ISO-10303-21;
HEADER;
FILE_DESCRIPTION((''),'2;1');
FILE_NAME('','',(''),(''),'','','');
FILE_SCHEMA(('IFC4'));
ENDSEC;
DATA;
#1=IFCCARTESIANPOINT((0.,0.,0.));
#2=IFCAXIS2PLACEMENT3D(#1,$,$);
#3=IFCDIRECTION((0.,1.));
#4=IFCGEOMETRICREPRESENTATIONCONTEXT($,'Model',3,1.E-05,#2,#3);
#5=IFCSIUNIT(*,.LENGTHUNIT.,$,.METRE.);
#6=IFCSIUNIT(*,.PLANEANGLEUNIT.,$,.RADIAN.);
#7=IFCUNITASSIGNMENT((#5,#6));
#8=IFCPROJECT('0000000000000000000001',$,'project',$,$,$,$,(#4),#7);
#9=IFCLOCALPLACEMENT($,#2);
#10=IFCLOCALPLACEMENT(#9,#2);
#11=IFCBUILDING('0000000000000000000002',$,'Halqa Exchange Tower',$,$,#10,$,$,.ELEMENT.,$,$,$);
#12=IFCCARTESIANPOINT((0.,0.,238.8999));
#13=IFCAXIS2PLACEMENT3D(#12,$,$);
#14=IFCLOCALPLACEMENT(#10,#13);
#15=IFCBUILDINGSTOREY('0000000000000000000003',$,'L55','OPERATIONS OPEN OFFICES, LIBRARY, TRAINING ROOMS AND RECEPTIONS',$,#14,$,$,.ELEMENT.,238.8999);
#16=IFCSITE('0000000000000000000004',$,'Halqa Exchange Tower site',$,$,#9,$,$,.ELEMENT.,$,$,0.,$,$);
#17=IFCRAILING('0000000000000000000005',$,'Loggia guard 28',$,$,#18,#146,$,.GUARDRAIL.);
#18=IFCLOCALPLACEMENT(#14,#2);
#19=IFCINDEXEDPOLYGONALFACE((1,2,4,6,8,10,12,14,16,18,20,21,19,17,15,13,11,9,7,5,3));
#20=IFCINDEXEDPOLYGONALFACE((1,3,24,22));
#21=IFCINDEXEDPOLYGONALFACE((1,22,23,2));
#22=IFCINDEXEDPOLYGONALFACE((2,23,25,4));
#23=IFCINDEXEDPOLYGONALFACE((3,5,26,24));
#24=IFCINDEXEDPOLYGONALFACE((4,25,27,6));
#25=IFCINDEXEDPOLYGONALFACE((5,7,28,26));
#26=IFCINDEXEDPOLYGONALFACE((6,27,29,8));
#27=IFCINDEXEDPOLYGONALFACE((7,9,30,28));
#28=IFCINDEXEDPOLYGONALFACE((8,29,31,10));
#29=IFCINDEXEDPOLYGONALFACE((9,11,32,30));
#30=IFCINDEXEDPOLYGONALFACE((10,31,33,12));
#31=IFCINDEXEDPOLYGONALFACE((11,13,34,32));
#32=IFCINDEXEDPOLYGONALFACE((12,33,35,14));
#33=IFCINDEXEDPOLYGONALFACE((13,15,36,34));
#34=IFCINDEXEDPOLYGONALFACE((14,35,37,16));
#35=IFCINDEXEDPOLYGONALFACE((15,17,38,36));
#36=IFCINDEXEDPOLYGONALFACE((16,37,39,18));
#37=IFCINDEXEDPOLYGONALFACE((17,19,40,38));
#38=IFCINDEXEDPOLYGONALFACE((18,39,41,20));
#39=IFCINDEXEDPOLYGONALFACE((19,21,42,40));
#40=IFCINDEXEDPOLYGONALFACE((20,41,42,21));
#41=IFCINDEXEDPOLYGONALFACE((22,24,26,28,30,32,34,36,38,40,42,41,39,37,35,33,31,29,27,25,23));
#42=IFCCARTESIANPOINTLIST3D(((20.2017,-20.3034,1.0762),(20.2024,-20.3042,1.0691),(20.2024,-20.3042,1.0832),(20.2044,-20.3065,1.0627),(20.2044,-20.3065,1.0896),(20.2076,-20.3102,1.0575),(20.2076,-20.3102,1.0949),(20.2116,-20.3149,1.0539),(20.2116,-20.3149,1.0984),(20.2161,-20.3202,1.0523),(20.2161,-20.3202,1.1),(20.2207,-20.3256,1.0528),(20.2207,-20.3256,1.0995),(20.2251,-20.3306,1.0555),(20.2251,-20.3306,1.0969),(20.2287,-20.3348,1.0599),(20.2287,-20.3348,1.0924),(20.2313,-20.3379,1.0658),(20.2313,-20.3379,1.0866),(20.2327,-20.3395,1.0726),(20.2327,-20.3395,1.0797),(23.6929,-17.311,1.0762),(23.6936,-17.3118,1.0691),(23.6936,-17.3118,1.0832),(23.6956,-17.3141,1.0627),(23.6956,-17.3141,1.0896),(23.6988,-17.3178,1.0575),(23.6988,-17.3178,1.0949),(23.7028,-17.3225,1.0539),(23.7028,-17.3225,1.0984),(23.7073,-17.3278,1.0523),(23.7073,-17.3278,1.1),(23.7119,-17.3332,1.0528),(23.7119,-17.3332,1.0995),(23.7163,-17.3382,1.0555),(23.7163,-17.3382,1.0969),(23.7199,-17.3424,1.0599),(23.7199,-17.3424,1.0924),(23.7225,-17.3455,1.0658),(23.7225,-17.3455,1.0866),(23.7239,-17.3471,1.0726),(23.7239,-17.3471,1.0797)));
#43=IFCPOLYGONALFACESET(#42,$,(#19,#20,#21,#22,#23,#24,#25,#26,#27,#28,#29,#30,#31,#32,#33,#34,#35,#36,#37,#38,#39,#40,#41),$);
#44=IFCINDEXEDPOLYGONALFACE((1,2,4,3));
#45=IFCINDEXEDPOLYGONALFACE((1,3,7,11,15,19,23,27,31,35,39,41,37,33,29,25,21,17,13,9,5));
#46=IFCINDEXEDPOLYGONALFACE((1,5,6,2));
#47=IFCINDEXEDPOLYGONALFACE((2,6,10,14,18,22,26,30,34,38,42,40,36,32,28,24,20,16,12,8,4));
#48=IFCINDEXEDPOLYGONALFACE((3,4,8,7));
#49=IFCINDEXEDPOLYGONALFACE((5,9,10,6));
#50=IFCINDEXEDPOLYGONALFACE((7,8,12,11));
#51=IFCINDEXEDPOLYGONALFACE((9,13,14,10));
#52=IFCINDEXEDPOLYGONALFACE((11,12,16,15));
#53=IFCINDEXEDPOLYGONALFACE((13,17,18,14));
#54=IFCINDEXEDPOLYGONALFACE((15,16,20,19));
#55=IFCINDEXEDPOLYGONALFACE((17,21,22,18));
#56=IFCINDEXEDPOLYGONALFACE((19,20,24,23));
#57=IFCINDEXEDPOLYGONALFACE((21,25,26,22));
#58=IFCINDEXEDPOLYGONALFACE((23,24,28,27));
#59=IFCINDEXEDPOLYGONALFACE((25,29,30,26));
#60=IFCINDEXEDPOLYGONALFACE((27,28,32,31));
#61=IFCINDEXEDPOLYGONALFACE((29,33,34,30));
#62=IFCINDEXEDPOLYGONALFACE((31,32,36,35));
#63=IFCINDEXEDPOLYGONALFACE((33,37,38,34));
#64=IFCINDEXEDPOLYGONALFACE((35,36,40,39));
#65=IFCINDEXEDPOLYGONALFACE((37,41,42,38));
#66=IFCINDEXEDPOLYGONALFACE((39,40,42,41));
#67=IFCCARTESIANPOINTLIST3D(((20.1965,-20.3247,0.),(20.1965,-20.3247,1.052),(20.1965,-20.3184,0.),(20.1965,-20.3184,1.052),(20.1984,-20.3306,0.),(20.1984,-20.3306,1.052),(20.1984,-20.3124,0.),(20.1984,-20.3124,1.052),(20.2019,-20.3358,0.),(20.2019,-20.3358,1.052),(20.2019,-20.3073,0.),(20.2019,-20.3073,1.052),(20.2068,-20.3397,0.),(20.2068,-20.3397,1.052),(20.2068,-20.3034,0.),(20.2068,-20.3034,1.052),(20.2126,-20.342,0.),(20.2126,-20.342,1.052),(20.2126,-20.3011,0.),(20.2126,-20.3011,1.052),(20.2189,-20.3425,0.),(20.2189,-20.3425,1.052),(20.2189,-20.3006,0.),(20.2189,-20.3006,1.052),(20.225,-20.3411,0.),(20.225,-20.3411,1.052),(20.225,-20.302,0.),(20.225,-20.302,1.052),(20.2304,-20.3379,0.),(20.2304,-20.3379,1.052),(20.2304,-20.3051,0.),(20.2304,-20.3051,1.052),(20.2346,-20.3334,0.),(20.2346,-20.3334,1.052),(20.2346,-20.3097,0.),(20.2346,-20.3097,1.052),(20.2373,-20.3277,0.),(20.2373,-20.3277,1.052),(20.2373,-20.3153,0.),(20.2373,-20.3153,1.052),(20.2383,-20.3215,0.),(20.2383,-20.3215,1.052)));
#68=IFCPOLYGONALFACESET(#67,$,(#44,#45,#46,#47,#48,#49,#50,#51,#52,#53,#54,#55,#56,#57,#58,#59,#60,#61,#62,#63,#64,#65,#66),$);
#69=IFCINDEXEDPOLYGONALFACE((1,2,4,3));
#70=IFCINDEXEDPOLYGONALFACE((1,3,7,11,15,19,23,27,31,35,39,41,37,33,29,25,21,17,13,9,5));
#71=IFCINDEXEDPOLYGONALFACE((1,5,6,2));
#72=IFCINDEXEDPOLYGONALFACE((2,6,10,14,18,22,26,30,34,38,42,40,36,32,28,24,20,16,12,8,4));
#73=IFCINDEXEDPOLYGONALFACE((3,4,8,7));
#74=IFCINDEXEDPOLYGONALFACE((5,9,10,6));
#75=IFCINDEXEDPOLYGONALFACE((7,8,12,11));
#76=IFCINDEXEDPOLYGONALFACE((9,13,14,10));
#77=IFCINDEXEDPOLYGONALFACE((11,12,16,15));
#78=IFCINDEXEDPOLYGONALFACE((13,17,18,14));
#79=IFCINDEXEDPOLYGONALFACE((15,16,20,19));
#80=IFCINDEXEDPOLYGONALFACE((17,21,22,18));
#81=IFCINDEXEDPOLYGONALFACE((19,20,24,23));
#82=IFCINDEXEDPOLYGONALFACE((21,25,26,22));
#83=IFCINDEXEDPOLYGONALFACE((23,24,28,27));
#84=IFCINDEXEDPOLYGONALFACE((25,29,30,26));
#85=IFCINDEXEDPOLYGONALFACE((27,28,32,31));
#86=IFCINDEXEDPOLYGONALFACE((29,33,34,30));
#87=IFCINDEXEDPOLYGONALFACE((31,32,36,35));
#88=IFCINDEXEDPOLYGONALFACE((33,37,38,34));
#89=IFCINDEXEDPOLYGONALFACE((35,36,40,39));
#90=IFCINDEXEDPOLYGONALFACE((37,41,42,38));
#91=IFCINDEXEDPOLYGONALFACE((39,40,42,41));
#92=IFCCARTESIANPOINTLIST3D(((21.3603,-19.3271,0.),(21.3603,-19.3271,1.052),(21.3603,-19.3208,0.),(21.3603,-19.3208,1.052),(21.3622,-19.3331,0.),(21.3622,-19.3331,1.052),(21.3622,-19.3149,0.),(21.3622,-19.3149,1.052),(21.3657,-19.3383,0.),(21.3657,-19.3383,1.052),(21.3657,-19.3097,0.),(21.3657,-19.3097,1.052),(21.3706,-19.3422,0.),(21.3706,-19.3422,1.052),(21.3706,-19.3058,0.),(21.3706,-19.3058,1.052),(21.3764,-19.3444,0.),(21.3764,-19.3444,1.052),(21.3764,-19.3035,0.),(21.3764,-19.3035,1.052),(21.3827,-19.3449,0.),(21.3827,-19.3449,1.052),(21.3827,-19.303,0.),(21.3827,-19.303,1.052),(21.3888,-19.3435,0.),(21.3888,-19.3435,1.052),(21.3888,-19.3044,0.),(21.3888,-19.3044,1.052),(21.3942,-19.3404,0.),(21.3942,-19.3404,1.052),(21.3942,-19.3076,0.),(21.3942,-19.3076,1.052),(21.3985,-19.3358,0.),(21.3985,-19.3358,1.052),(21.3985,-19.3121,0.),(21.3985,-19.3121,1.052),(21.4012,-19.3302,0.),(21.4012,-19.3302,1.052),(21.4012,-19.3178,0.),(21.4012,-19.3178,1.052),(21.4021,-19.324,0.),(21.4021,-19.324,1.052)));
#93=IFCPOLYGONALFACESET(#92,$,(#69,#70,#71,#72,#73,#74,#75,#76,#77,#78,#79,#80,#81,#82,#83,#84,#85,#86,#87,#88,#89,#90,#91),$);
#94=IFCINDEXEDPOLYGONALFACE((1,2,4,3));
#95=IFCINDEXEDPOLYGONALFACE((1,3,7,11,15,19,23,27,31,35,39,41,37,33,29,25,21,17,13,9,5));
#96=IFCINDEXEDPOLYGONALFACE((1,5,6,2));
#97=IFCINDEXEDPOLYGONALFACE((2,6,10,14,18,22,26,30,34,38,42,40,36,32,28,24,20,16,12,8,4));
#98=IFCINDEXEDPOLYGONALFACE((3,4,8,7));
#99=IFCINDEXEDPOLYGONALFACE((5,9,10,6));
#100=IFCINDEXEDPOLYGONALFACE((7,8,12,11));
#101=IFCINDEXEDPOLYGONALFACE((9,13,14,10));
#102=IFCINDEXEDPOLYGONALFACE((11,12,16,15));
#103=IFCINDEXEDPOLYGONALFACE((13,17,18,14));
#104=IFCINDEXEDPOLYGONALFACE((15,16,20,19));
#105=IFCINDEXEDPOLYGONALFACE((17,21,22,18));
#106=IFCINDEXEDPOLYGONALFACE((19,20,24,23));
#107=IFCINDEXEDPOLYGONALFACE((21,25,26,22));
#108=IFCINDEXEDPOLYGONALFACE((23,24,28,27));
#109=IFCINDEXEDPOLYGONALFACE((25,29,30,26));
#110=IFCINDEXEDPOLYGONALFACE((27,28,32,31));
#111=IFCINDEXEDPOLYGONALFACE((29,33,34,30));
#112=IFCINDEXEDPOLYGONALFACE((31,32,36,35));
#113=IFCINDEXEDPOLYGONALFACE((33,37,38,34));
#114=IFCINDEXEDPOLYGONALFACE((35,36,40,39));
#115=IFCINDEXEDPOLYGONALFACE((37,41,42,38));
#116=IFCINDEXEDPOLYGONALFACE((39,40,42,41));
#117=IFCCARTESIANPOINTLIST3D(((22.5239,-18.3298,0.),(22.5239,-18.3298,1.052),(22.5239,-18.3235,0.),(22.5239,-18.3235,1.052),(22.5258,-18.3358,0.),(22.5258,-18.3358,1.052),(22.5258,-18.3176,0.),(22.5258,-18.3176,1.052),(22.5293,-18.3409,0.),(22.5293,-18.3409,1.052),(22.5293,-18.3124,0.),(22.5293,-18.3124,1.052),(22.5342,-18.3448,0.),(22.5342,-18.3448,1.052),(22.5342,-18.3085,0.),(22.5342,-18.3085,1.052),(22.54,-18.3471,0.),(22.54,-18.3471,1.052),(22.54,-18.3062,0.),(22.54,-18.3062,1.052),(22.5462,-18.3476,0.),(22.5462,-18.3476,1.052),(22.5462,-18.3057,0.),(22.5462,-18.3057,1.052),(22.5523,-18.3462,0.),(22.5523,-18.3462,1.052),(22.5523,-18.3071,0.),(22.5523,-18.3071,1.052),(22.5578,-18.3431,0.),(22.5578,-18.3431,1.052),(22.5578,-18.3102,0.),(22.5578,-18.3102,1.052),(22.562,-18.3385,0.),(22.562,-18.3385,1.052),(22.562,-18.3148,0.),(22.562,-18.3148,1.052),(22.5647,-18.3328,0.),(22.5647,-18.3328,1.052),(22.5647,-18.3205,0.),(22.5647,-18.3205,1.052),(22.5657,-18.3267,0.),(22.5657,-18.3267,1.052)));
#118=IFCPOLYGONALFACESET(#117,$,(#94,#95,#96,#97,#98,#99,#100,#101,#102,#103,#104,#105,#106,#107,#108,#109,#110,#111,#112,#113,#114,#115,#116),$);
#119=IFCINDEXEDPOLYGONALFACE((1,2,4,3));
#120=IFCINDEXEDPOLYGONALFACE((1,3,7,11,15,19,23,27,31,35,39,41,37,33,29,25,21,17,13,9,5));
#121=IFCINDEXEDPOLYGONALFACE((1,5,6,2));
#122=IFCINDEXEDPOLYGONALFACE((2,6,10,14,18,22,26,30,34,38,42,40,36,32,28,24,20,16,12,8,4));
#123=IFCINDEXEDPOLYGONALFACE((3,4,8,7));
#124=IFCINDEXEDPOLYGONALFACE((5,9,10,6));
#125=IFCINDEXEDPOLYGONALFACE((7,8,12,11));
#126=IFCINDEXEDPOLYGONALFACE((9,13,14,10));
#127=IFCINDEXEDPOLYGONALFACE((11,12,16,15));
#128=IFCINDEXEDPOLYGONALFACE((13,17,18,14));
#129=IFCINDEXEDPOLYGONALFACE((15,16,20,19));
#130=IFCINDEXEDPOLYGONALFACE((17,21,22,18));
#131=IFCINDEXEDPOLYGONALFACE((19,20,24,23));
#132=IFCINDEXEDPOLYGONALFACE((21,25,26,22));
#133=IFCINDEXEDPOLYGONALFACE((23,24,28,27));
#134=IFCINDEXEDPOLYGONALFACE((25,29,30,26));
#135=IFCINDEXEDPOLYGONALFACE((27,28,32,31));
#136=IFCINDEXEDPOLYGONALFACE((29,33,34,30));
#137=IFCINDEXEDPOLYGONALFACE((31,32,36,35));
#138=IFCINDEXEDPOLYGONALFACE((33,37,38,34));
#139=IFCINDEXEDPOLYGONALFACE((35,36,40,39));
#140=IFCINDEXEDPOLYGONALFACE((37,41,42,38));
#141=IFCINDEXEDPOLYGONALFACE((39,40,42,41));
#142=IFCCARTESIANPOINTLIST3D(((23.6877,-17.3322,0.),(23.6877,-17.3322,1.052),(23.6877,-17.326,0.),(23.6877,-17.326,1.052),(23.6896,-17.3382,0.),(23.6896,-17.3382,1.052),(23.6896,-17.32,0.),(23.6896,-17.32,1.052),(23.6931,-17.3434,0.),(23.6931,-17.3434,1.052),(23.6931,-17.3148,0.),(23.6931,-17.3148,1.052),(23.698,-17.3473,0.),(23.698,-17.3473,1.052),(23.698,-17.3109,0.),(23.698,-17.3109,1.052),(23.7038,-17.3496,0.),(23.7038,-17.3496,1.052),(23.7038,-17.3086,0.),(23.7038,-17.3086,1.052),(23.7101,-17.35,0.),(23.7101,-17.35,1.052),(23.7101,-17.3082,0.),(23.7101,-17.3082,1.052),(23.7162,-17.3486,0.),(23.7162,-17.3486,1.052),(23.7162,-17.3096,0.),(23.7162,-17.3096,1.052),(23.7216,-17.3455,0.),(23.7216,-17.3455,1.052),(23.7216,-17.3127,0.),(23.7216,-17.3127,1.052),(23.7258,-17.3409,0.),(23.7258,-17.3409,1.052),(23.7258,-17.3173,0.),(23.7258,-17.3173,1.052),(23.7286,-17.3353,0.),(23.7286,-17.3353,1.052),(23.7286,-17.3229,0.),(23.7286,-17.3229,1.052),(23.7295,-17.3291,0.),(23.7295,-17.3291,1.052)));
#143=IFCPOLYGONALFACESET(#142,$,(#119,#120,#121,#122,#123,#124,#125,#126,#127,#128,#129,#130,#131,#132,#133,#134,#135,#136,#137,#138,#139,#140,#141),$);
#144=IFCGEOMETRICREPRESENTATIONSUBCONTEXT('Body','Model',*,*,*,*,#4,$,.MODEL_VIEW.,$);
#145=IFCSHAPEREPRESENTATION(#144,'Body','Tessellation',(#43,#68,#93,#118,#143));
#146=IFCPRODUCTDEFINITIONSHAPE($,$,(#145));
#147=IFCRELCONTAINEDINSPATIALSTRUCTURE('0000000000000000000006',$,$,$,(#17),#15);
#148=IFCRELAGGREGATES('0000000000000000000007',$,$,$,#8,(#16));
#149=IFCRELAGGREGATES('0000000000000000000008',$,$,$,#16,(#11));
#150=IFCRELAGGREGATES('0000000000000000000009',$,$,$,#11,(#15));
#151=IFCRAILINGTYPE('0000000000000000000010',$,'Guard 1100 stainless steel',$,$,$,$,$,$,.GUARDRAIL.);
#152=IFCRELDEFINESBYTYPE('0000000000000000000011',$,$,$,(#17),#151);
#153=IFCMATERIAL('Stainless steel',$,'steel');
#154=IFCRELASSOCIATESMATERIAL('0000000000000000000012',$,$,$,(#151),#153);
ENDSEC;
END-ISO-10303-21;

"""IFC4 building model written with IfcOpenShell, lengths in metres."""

from ifc_helpers import new_model, si_unit, direction, frame, origin, origin_2d, place, context, subcontext, project, spatial, circle, extrude, material, type_object, element, save


model = new_model("IFC4")

# Units and contexts
model_context = context("Model", 3, precision=1e-05, world=origin(), true_north=direction((0.0, 1.0)))
body_context = subcontext(model_context, "Body", "Model", "MODEL_VIEW")
ifc_project = project(units=[si_unit("LENGTHUNIT", "METRE"), si_unit("PLANEANGLEUNIT", "RADIAN")], contexts=[model_context])

# Site, building, storey
site_placement = place(None, origin())
site = spatial("IfcSite", under=ifc_project, at=site_placement, Name="Halqa Exchange Tower site", CompositionType="ELEMENT", RefElevation=0.0)
building_placement = place(site_placement, origin())
building = spatial("IfcBuilding", under=site, at=building_placement, Name="Halqa Exchange Tower", CompositionType="ELEMENT")
storey_placement = place(building_placement, frame((0.0, 0.0, 238.8999)))
storey = spatial("IfcBuildingStorey", under=building, at=storey_placement, Name="L55", Description="OPERATIONS OPEN OFFICES, LIBRARY, TRAINING ROOMS AND RECEPTIONS", CompositionType="ELEMENT", Elevation=238.8999)

# Railing
ifc_material_1 = material(Name="Stainless steel", Category="steel")
railing_type = type_object("IfcRailingType", Name="Guard 1100 stainless steel", PredefinedType="GUARDRAIL", material=ifc_material_1)
railing_1_placement = place(storey_placement, frame((20.2173, -20.3215, 0.0)))
element("IfcRailing", 1, at=railing_1_placement, inside=storey, type_object=railing_type, Name="Loggia guard 28", PredefinedType="GUARDRAIL", context=body_context, shape_type="SweptSolid", body=[
    extrude(circle(Radius=0.0239, at=origin_2d()), frame((0.0, 0.0, 1.0762), z_axis=(0.75926, 0.650787, 0.0), x_axis=(-0.650787, 0.75926, 0.0)), (0.0, 0.0, 1.0), 4.5981),
    extrude(circle(Radius=0.021, at=origin_2d()), origin(), (0.0, 0.0, 1.0), 1.052),
    extrude(circle(Radius=0.021, at=origin_2d()), frame((1.1638, 0.9976, 0.0)), (0.0, 0.0, 1.0), 1.052),
    extrude(circle(Radius=0.021, at=origin_2d()), frame((2.3274, 1.9949, 0.0)), (0.0, 0.0, 1.0), 1.052),
    extrude(circle(Radius=0.021, at=origin_2d()), frame((3.4912, 2.9924, 0.0)), (0.0, 0.0, 1.0), 1.052),
])

save(model, "model.ifc")
